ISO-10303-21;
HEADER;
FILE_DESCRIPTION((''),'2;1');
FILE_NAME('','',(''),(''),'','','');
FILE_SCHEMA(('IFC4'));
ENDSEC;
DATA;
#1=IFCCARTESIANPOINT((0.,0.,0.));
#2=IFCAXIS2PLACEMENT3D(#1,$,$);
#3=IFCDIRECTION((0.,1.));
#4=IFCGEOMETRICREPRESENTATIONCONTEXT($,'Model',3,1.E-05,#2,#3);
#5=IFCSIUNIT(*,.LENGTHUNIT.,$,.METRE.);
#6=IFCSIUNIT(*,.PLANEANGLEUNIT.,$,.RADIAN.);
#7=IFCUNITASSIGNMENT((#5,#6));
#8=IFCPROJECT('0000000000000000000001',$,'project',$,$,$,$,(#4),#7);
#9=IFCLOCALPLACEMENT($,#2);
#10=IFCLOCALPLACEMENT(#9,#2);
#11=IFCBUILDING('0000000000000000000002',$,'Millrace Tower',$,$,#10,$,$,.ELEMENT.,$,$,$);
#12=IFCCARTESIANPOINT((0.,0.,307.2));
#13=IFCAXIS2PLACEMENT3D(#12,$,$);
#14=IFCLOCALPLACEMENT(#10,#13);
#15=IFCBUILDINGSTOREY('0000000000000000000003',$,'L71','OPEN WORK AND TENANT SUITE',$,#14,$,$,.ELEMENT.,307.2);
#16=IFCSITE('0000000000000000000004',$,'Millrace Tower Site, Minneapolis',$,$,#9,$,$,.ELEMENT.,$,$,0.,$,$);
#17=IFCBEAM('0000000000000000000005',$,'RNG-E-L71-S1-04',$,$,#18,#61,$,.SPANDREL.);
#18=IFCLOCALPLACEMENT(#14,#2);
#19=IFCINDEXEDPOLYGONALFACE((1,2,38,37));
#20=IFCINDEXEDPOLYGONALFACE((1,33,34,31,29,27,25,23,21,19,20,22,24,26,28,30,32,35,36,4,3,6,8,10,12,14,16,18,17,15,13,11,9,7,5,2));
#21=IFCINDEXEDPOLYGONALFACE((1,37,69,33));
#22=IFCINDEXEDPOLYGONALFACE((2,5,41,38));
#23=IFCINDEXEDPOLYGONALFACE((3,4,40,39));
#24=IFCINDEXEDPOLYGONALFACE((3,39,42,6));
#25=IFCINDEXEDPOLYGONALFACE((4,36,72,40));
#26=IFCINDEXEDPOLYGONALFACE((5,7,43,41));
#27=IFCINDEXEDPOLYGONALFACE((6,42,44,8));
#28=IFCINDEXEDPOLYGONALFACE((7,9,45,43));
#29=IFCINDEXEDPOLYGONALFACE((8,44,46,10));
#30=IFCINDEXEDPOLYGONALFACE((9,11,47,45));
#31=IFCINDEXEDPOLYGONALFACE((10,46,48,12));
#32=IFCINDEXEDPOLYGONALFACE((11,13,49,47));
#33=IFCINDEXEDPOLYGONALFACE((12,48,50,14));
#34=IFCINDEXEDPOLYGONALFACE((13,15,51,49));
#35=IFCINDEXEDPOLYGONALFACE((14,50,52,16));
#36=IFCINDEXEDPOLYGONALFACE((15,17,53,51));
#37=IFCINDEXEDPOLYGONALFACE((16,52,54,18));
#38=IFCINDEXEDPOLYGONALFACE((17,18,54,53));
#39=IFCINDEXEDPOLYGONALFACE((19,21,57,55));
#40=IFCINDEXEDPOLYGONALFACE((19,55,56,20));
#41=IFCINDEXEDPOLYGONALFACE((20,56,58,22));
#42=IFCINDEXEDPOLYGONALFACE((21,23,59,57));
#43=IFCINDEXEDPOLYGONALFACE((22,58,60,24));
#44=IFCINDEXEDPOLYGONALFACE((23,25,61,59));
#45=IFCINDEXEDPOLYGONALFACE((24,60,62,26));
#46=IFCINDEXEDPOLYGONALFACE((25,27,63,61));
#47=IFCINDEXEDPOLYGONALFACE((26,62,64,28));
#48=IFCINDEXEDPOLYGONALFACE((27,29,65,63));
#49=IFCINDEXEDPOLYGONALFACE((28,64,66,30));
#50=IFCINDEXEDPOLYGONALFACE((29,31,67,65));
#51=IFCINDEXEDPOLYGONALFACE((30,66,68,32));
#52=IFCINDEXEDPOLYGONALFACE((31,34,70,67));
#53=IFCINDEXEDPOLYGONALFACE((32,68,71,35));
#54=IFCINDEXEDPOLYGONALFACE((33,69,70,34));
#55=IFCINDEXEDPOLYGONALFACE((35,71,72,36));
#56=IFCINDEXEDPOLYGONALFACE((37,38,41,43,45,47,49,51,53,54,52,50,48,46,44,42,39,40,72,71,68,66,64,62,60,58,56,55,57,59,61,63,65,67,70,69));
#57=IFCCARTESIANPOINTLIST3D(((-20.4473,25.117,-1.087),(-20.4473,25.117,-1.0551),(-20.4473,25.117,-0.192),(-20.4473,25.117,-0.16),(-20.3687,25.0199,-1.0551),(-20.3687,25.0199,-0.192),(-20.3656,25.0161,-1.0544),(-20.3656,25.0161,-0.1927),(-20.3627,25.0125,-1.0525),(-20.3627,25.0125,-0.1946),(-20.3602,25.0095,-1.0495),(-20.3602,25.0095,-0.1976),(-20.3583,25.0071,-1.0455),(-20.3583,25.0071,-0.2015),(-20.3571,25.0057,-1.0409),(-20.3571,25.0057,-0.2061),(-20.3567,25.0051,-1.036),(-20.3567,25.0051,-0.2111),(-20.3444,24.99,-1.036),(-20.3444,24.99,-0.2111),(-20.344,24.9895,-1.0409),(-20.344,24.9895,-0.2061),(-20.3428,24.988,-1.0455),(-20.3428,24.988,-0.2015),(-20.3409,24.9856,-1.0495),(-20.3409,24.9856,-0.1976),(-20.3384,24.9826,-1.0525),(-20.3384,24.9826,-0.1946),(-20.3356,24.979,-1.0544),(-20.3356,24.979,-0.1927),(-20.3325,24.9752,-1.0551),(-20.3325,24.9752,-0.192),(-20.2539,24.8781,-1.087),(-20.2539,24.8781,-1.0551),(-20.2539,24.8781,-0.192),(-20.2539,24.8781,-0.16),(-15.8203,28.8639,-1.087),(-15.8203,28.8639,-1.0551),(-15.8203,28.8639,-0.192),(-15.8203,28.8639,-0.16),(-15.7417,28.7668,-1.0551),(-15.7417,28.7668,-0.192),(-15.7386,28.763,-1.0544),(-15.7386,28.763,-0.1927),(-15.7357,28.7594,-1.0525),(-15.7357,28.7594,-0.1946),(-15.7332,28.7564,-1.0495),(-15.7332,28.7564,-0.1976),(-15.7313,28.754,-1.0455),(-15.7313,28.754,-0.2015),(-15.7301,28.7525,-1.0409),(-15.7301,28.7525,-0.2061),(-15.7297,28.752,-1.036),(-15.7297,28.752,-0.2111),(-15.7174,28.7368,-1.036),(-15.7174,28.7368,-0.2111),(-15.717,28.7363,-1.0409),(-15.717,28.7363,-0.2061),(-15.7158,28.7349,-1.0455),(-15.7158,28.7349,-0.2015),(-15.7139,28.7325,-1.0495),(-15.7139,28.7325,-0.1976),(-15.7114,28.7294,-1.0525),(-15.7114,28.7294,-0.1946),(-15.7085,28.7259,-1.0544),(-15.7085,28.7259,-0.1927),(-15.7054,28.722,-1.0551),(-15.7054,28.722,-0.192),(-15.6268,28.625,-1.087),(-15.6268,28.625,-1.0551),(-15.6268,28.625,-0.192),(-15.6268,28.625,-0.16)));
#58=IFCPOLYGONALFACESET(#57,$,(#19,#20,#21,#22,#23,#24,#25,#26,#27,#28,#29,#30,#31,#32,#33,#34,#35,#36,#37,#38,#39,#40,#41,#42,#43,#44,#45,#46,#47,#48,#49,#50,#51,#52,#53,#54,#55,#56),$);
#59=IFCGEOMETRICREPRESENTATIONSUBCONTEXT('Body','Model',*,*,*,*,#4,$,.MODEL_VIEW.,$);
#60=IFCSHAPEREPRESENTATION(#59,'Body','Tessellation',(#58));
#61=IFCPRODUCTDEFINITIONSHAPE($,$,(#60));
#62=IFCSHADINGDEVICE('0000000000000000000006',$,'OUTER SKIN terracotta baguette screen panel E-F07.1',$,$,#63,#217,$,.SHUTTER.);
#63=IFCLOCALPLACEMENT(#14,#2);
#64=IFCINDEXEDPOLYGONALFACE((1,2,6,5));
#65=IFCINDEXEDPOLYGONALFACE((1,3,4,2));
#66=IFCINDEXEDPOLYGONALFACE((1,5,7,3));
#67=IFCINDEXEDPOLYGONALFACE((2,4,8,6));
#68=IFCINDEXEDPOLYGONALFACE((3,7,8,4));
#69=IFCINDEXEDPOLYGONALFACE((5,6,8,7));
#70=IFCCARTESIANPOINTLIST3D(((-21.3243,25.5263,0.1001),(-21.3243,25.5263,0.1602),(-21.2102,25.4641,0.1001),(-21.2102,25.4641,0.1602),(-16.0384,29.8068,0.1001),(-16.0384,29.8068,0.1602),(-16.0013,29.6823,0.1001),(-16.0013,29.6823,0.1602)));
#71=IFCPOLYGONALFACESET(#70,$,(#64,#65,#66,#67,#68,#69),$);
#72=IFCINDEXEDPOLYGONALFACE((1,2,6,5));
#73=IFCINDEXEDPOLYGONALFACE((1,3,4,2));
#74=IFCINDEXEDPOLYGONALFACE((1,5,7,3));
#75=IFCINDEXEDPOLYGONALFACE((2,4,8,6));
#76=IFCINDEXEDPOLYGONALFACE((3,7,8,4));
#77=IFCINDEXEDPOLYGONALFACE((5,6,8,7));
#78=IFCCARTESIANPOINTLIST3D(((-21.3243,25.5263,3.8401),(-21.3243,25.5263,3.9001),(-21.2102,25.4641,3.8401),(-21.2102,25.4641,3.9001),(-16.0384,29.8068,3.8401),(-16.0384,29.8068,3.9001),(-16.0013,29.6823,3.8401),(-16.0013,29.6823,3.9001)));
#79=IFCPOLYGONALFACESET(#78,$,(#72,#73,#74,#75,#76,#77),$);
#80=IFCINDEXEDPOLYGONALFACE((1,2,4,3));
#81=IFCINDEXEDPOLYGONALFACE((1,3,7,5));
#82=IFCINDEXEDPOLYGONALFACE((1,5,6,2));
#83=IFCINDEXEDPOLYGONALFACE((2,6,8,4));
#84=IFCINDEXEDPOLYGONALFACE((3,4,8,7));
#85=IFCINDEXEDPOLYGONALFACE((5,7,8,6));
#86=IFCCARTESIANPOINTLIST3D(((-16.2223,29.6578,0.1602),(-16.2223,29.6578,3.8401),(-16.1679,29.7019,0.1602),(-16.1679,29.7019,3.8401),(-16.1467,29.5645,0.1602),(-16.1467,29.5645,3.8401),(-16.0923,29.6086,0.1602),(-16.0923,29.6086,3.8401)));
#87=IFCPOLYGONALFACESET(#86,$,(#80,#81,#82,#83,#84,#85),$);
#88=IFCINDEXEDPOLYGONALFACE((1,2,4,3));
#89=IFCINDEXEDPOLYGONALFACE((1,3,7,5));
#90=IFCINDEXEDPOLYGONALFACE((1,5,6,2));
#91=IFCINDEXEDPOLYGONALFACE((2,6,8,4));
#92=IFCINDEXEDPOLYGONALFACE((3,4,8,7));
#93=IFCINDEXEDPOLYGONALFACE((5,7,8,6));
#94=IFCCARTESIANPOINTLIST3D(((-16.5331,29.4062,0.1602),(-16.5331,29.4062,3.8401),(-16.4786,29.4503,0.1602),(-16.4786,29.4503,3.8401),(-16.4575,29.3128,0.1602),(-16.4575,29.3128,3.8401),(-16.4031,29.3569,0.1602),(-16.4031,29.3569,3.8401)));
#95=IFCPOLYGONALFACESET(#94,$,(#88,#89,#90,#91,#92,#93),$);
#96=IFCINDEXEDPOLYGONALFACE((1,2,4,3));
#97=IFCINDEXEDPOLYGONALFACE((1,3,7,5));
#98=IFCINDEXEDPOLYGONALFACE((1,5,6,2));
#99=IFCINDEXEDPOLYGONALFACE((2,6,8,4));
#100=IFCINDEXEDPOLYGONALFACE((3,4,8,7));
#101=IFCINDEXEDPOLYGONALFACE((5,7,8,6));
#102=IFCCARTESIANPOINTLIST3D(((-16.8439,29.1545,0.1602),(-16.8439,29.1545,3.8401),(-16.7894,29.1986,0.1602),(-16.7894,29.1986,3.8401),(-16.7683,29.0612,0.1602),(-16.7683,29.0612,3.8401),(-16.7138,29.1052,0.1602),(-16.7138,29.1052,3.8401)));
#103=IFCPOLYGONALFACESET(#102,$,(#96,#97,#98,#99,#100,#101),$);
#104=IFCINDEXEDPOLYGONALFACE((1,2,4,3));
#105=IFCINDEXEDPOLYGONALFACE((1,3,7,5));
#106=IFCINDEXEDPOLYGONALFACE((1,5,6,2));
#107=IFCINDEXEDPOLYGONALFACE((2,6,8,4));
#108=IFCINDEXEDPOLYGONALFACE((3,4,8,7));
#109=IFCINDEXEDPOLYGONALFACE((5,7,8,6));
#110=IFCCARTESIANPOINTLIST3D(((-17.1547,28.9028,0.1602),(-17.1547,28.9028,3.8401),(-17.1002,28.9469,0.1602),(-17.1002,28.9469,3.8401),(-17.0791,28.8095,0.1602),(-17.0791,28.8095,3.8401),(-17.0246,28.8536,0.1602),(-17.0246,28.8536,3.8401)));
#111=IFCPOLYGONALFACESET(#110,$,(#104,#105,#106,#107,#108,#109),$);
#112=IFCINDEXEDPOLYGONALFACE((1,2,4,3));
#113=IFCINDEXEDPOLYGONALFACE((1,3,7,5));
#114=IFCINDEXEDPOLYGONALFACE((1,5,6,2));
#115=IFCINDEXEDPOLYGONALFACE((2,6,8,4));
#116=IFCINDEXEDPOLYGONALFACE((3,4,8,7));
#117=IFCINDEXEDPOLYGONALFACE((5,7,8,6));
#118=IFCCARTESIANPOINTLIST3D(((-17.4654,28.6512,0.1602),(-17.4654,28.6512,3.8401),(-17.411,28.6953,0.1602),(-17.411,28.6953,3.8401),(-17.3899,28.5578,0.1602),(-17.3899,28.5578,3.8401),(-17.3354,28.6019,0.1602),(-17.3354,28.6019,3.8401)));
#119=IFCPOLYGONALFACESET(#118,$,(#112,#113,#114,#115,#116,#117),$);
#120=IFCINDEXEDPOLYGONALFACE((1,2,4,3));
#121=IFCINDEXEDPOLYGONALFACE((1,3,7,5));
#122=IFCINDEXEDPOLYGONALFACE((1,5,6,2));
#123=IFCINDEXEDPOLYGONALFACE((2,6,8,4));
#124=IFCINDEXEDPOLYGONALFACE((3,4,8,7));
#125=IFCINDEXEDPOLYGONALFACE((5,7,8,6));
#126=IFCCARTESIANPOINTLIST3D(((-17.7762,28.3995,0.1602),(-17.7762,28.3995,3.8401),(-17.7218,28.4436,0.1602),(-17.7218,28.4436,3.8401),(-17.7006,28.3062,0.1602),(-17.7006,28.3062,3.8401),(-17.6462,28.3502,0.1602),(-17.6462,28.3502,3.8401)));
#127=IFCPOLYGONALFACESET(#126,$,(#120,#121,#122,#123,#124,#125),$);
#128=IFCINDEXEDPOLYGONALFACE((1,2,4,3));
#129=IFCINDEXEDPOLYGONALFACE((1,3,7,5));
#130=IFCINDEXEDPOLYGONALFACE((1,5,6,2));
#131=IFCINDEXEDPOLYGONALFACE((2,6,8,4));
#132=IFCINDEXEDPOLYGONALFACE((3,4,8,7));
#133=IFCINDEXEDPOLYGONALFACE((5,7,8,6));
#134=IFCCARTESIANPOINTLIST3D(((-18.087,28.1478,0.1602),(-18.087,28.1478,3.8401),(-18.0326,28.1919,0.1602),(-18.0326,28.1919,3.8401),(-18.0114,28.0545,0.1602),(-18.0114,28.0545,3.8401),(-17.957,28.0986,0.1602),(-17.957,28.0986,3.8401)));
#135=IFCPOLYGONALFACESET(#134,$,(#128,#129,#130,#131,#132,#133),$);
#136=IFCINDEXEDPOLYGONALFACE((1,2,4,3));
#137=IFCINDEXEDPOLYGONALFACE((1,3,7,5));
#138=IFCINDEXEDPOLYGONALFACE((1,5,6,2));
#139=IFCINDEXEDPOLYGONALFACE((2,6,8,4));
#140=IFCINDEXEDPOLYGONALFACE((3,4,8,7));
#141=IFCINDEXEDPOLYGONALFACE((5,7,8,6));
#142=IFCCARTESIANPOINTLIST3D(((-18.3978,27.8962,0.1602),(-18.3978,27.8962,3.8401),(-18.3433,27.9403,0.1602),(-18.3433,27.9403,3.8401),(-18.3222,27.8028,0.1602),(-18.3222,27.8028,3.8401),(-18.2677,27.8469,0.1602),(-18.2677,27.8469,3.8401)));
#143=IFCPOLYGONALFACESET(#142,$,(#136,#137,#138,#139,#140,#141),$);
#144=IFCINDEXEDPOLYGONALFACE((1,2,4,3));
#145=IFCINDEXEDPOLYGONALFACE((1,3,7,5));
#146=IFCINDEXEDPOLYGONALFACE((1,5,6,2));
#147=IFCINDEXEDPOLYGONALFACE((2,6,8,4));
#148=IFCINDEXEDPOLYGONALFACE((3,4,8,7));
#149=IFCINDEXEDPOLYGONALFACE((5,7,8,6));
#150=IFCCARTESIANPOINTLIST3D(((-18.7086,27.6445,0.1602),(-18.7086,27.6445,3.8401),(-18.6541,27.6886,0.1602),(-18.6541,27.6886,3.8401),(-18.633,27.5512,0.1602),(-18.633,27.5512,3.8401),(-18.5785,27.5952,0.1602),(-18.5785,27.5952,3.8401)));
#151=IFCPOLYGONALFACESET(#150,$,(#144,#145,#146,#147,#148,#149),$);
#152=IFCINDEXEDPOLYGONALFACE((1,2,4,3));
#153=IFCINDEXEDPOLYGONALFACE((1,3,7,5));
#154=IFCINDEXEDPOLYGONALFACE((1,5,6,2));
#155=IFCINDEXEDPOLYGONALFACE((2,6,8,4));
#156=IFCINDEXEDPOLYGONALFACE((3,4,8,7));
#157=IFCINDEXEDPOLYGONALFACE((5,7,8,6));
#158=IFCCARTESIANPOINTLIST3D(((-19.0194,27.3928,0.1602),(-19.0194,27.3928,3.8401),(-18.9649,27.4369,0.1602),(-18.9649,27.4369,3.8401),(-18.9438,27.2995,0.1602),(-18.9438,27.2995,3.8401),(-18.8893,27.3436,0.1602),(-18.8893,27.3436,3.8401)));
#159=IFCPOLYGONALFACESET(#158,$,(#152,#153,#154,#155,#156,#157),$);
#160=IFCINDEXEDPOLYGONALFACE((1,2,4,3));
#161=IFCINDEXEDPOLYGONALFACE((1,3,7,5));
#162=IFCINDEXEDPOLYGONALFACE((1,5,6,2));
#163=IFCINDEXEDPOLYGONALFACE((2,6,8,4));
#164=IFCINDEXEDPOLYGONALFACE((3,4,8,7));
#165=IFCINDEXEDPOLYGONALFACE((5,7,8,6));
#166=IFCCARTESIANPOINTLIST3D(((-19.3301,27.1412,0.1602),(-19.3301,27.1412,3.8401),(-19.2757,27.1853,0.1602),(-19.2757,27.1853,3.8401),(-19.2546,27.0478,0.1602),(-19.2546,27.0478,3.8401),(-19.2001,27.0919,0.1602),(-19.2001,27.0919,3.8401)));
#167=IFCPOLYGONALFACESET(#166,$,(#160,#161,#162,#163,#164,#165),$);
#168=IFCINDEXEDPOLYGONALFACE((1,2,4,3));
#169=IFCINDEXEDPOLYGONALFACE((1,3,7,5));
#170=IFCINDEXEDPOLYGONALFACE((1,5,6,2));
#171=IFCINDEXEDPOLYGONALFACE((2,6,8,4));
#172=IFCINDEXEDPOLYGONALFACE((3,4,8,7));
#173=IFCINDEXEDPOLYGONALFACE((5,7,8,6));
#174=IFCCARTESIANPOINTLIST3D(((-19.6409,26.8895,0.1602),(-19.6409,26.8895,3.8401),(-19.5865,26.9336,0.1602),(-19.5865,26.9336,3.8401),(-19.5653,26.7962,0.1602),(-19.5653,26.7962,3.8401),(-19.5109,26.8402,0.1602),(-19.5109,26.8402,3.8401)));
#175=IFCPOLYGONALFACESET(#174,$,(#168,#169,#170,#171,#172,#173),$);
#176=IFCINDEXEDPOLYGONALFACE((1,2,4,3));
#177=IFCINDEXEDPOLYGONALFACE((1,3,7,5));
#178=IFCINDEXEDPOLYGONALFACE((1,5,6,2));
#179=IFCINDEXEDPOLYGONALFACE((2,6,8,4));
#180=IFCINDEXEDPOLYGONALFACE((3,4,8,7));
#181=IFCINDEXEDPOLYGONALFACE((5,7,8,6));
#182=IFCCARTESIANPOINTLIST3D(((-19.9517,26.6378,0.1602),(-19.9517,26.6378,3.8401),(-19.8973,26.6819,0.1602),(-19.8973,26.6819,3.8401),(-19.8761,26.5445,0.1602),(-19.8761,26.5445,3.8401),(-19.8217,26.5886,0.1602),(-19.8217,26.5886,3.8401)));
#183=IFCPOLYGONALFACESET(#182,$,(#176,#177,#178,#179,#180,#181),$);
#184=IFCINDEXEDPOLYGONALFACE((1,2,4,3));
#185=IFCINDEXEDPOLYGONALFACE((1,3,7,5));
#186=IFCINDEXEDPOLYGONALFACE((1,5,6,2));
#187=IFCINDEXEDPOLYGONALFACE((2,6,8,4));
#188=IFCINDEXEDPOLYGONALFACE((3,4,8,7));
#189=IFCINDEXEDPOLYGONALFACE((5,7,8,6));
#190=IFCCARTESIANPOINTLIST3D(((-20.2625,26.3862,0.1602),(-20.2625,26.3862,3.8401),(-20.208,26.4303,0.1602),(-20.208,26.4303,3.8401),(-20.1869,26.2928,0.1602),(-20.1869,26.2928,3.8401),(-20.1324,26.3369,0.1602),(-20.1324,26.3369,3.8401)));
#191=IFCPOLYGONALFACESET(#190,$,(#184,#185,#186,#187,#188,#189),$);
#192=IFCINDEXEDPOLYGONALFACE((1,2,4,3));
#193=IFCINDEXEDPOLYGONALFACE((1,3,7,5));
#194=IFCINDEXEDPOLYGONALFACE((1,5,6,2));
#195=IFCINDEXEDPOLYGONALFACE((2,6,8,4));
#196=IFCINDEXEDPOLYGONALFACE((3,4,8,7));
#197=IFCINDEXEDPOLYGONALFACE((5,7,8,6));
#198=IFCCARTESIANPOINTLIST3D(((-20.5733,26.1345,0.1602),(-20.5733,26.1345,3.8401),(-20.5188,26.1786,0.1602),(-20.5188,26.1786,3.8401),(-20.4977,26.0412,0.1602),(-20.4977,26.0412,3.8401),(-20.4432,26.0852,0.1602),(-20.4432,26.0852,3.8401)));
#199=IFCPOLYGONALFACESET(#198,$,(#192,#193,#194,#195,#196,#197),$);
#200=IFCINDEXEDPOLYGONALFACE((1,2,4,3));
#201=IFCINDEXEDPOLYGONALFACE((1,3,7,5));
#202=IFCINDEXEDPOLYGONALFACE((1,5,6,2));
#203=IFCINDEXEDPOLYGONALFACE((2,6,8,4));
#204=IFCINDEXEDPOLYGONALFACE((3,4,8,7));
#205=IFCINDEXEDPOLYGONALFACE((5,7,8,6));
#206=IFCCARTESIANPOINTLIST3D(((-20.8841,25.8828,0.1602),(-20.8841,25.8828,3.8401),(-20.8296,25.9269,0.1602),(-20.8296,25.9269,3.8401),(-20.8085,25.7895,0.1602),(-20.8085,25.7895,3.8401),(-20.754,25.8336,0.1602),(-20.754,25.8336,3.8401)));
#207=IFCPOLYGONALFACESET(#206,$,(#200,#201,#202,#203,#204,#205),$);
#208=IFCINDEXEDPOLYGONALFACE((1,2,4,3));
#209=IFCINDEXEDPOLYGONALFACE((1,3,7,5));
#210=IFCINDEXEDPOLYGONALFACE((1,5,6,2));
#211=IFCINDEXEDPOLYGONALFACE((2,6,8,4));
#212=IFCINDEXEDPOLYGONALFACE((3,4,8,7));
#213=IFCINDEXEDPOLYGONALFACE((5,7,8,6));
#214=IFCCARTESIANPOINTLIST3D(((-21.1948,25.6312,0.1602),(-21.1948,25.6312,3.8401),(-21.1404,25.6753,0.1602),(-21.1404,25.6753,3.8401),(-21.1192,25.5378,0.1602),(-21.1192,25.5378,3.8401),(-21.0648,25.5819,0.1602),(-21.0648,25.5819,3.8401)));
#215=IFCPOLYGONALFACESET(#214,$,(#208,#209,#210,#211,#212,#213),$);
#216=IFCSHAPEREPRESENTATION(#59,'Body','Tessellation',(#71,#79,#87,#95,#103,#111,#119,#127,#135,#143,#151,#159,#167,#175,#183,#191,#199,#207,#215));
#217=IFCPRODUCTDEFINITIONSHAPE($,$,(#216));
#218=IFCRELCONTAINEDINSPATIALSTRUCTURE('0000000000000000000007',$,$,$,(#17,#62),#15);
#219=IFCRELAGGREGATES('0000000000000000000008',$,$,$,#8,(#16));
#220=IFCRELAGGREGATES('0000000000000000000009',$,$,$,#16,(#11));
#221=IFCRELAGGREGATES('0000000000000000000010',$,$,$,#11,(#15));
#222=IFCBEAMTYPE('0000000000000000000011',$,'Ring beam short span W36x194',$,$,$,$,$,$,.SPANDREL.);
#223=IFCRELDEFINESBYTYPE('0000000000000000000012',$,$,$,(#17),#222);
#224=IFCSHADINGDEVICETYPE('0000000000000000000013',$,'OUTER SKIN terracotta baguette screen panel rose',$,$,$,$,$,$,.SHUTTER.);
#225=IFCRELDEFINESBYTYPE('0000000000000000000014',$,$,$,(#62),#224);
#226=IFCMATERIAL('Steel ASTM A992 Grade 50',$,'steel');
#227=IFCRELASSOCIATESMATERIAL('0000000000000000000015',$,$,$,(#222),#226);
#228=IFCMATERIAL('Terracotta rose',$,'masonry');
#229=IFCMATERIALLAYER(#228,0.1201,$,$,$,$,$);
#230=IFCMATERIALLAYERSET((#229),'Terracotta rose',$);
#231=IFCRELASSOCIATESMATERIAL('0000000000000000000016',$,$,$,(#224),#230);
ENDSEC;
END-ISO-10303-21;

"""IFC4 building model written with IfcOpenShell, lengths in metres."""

from ifc_helpers import new_model, entity, si_unit, direction, frame, frame_2d, origin, origin_2d, place, context, subcontext, project, spatial, rectangle, i_section, extrude, source, transform, mapped, material, layer, layer_set, material_profile, profile_set, type_object, element, save


model = new_model("IFC4")

# Units and contexts
model_context = context("Model", 3, precision=1e-05, world=origin(), true_north=direction((0.0, 1.0)))
body_context = subcontext(model_context, "Body", "Model", "MODEL_VIEW")
ifc_project = project(units=[si_unit("LENGTHUNIT", "METRE"), si_unit("PLANEANGLEUNIT", "RADIAN")], contexts=[model_context])

# Site, building, storey
site_placement = place(None, origin())
site = spatial("IfcSite", under=ifc_project, at=site_placement, Name="Millrace Tower Site, Minneapolis", CompositionType="ELEMENT", RefElevation=0.0)
building_placement = place(site_placement, origin())
building = spatial("IfcBuilding", under=site, at=building_placement, Name="Millrace Tower", CompositionType="ELEMENT")
storey_placement = place(building_placement, frame((0.0, 0.0, 307.2)))
storey = spatial("IfcBuildingStorey", under=building, at=storey_placement, Name="L71", Description="OPEN WORK AND TENANT SUITE", CompositionType="ELEMENT", Elevation=307.2)

# Beam
ifc_material_1 = material(Name="Steel ASTM A992 Grade 50", Category="steel")
ifc_material_profile_1 = material_profile(ifc_material_1, i_section(OverallWidth=0.3074, OverallDepth=0.927, WebThickness=0.0195, FlangeThickness=0.032, FilletRadius=0.019, at=origin_2d()))
ifc_profile_set_1 = profile_set([ifc_material_profile_1], Name="Steel ASTM A992 Grade 50")
beam_type_1 = type_object("IfcBeamType", Name="Ring beam short span W36x194", PredefinedType="SPANDREL", material=ifc_profile_set_1)
beam_1_placement = place(storey_placement, frame((-20.3506, 24.9976, -0.6235), z_axis=(0.777147, 0.62932, 0.0), x_axis=(-0.62932, 0.777147, 0.0)))
element("IfcBeam", 1, at=beam_1_placement, inside=storey, type_object=beam_type_1, Name="RNG-E-L71-S1-04", PredefinedType="SPANDREL", context=body_context, shape_type="SweptSolid", body=[
    extrude(i_section(OverallWidth=0.3074, OverallDepth=0.927, WebThickness=0.0195, FlangeThickness=0.032, FilletRadius=0.019, at=origin_2d()), origin(), (0.0, 0.0, 1.0), 5.9539),
])

# Shading device
ifc_material_2 = material(Name="Terracotta rose", Category="masonry")
ifc_layer_1 = layer(ifc_material_2, 0.1201)
ifc_layer_set_1 = layer_set([ifc_layer_1], Name="Terracotta rose")
shading_device_type = type_object("IfcShadingDeviceType", Name="OUTER SKIN terracotta baguette screen panel rose", PredefinedType="SHUTTER", material=ifc_layer_set_1)
cartesian_point_1 = entity("IfcCartesianPoint", [-3.3513, 0.0601])
shared_polyline_1 = entity("IfcPolyline", [cartesian_point_1, entity("IfcCartesianPoint", [3.3513, 0.0601]), entity("IfcCartesianPoint", [3.4009, -0.0601]), entity("IfcCartesianPoint", [-3.4009, -0.0601]), cartesian_point_1])
shared_shape_1 = source(origin(), body_context, "Body", "SweptSolid", [
    entity("IfcExtrudedAreaSolid", entity("IfcArbitraryClosedProfileDef", "AREA", None, shared_polyline_1), entity("IfcAxis2Placement3D", entity("IfcCartesianPoint", [0.0, 0.0, 0.0])), entity("IfcDirection", [0.0, 0.0, 1.0]), 0.0601),
    entity("IfcExtrudedAreaSolid", entity("IfcArbitraryClosedProfileDef", "AREA", None, shared_polyline_1), entity("IfcAxis2Placement3D", entity("IfcCartesianPoint", [0.0, 0.0, 3.74])), entity("IfcDirection", [0.0, 0.0, 1.0]), 0.0601),
    extrude(rectangle(XDim=0.0701, YDim=0.1201, at=frame_2d((-3.1992, 0.0))), frame((0.0, 0.0, 0.0601)), (0.0, 0.0, 1.0), 3.6799),
    extrude(rectangle(XDim=0.0701, YDim=0.1201, at=frame_2d((-2.7993, 0.0))), frame((0.0, 0.0, 0.0601)), (0.0, 0.0, 1.0), 3.6799),
    extrude(rectangle(XDim=0.0701, YDim=0.1201, at=frame_2d((-2.3994, 0.0))), frame((0.0, 0.0, 0.0601)), (0.0, 0.0, 1.0), 3.6799),
    extrude(rectangle(XDim=0.0701, YDim=0.1201, at=frame_2d((-1.9995, 0.0))), frame((0.0, 0.0, 0.0601)), (0.0, 0.0, 1.0), 3.6799),
    extrude(rectangle(XDim=0.0701, YDim=0.1201, at=frame_2d((-1.5996, 0.0))), frame((0.0, 0.0, 0.0601)), (0.0, 0.0, 1.0), 3.6799),
    extrude(rectangle(XDim=0.0701, YDim=0.1201, at=frame_2d((-1.1997, 0.0))), frame((0.0, 0.0, 0.0601)), (0.0, 0.0, 1.0), 3.6799),
    extrude(rectangle(XDim=0.0701, YDim=0.1201, at=frame_2d((-0.7998, 0.0))), frame((0.0, 0.0, 0.0601)), (0.0, 0.0, 1.0), 3.6799),
    extrude(rectangle(XDim=0.0701, YDim=0.1201, at=frame_2d((-0.3999, 0.0))), frame((0.0, 0.0, 0.0601)), (0.0, 0.0, 1.0), 3.6799),
    extrude(rectangle(XDim=0.0701, YDim=0.1201, at=origin_2d()), frame((0.0, 0.0, 0.0601)), (0.0, 0.0, 1.0), 3.6799),
    extrude(rectangle(XDim=0.0701, YDim=0.1201, at=frame_2d((0.3999, 0.0))), frame((0.0, 0.0, 0.0601)), (0.0, 0.0, 1.0), 3.6799),
    extrude(rectangle(XDim=0.0701, YDim=0.1201, at=frame_2d((0.7998, 0.0))), frame((0.0, 0.0, 0.0601)), (0.0, 0.0, 1.0), 3.6799),
    extrude(rectangle(XDim=0.0701, YDim=0.1201, at=frame_2d((1.1997, 0.0))), frame((0.0, 0.0, 0.0601)), (0.0, 0.0, 1.0), 3.6799),
    extrude(rectangle(XDim=0.0701, YDim=0.1201, at=frame_2d((1.5996, 0.0))), frame((0.0, 0.0, 0.0601)), (0.0, 0.0, 1.0), 3.6799),
    extrude(rectangle(XDim=0.0701, YDim=0.1201, at=frame_2d((1.9995, 0.0))), frame((0.0, 0.0, 0.0601)), (0.0, 0.0, 1.0), 3.6799),
    extrude(rectangle(XDim=0.0701, YDim=0.1201, at=frame_2d((2.3994, 0.0))), frame((0.0, 0.0, 0.0601)), (0.0, 0.0, 1.0), 3.6799),
    extrude(rectangle(XDim=0.0701, YDim=0.1201, at=frame_2d((2.7993, 0.0))), frame((0.0, 0.0, 0.0601)), (0.0, 0.0, 1.0), 3.6799),
    extrude(rectangle(XDim=0.0701, YDim=0.1201, at=frame_2d((3.1992, 0.0))), frame((0.0, 0.0, 0.0601)), (0.0, 0.0, 1.0), 3.6799),
])
shading_device_1_placement = place(storey_placement, frame((-18.6436, 27.6199, 0.1001), z_axis=(0.0, 0.0, 1.0), x_axis=(-0.777146, -0.62932, 0.0)))
element("IfcShadingDevice", 2, at=shading_device_1_placement, inside=storey, type_object=shading_device_type, Name="OUTER SKIN terracotta baguette screen panel E-F07.1", PredefinedType="SHUTTER", context=body_context, shape_type="MappedRepresentation", body=[
    mapped(shared_shape_1, transform((0.0, 0.0, 0.0), scale=1.0)),
])

save(model, "model.ifc")
